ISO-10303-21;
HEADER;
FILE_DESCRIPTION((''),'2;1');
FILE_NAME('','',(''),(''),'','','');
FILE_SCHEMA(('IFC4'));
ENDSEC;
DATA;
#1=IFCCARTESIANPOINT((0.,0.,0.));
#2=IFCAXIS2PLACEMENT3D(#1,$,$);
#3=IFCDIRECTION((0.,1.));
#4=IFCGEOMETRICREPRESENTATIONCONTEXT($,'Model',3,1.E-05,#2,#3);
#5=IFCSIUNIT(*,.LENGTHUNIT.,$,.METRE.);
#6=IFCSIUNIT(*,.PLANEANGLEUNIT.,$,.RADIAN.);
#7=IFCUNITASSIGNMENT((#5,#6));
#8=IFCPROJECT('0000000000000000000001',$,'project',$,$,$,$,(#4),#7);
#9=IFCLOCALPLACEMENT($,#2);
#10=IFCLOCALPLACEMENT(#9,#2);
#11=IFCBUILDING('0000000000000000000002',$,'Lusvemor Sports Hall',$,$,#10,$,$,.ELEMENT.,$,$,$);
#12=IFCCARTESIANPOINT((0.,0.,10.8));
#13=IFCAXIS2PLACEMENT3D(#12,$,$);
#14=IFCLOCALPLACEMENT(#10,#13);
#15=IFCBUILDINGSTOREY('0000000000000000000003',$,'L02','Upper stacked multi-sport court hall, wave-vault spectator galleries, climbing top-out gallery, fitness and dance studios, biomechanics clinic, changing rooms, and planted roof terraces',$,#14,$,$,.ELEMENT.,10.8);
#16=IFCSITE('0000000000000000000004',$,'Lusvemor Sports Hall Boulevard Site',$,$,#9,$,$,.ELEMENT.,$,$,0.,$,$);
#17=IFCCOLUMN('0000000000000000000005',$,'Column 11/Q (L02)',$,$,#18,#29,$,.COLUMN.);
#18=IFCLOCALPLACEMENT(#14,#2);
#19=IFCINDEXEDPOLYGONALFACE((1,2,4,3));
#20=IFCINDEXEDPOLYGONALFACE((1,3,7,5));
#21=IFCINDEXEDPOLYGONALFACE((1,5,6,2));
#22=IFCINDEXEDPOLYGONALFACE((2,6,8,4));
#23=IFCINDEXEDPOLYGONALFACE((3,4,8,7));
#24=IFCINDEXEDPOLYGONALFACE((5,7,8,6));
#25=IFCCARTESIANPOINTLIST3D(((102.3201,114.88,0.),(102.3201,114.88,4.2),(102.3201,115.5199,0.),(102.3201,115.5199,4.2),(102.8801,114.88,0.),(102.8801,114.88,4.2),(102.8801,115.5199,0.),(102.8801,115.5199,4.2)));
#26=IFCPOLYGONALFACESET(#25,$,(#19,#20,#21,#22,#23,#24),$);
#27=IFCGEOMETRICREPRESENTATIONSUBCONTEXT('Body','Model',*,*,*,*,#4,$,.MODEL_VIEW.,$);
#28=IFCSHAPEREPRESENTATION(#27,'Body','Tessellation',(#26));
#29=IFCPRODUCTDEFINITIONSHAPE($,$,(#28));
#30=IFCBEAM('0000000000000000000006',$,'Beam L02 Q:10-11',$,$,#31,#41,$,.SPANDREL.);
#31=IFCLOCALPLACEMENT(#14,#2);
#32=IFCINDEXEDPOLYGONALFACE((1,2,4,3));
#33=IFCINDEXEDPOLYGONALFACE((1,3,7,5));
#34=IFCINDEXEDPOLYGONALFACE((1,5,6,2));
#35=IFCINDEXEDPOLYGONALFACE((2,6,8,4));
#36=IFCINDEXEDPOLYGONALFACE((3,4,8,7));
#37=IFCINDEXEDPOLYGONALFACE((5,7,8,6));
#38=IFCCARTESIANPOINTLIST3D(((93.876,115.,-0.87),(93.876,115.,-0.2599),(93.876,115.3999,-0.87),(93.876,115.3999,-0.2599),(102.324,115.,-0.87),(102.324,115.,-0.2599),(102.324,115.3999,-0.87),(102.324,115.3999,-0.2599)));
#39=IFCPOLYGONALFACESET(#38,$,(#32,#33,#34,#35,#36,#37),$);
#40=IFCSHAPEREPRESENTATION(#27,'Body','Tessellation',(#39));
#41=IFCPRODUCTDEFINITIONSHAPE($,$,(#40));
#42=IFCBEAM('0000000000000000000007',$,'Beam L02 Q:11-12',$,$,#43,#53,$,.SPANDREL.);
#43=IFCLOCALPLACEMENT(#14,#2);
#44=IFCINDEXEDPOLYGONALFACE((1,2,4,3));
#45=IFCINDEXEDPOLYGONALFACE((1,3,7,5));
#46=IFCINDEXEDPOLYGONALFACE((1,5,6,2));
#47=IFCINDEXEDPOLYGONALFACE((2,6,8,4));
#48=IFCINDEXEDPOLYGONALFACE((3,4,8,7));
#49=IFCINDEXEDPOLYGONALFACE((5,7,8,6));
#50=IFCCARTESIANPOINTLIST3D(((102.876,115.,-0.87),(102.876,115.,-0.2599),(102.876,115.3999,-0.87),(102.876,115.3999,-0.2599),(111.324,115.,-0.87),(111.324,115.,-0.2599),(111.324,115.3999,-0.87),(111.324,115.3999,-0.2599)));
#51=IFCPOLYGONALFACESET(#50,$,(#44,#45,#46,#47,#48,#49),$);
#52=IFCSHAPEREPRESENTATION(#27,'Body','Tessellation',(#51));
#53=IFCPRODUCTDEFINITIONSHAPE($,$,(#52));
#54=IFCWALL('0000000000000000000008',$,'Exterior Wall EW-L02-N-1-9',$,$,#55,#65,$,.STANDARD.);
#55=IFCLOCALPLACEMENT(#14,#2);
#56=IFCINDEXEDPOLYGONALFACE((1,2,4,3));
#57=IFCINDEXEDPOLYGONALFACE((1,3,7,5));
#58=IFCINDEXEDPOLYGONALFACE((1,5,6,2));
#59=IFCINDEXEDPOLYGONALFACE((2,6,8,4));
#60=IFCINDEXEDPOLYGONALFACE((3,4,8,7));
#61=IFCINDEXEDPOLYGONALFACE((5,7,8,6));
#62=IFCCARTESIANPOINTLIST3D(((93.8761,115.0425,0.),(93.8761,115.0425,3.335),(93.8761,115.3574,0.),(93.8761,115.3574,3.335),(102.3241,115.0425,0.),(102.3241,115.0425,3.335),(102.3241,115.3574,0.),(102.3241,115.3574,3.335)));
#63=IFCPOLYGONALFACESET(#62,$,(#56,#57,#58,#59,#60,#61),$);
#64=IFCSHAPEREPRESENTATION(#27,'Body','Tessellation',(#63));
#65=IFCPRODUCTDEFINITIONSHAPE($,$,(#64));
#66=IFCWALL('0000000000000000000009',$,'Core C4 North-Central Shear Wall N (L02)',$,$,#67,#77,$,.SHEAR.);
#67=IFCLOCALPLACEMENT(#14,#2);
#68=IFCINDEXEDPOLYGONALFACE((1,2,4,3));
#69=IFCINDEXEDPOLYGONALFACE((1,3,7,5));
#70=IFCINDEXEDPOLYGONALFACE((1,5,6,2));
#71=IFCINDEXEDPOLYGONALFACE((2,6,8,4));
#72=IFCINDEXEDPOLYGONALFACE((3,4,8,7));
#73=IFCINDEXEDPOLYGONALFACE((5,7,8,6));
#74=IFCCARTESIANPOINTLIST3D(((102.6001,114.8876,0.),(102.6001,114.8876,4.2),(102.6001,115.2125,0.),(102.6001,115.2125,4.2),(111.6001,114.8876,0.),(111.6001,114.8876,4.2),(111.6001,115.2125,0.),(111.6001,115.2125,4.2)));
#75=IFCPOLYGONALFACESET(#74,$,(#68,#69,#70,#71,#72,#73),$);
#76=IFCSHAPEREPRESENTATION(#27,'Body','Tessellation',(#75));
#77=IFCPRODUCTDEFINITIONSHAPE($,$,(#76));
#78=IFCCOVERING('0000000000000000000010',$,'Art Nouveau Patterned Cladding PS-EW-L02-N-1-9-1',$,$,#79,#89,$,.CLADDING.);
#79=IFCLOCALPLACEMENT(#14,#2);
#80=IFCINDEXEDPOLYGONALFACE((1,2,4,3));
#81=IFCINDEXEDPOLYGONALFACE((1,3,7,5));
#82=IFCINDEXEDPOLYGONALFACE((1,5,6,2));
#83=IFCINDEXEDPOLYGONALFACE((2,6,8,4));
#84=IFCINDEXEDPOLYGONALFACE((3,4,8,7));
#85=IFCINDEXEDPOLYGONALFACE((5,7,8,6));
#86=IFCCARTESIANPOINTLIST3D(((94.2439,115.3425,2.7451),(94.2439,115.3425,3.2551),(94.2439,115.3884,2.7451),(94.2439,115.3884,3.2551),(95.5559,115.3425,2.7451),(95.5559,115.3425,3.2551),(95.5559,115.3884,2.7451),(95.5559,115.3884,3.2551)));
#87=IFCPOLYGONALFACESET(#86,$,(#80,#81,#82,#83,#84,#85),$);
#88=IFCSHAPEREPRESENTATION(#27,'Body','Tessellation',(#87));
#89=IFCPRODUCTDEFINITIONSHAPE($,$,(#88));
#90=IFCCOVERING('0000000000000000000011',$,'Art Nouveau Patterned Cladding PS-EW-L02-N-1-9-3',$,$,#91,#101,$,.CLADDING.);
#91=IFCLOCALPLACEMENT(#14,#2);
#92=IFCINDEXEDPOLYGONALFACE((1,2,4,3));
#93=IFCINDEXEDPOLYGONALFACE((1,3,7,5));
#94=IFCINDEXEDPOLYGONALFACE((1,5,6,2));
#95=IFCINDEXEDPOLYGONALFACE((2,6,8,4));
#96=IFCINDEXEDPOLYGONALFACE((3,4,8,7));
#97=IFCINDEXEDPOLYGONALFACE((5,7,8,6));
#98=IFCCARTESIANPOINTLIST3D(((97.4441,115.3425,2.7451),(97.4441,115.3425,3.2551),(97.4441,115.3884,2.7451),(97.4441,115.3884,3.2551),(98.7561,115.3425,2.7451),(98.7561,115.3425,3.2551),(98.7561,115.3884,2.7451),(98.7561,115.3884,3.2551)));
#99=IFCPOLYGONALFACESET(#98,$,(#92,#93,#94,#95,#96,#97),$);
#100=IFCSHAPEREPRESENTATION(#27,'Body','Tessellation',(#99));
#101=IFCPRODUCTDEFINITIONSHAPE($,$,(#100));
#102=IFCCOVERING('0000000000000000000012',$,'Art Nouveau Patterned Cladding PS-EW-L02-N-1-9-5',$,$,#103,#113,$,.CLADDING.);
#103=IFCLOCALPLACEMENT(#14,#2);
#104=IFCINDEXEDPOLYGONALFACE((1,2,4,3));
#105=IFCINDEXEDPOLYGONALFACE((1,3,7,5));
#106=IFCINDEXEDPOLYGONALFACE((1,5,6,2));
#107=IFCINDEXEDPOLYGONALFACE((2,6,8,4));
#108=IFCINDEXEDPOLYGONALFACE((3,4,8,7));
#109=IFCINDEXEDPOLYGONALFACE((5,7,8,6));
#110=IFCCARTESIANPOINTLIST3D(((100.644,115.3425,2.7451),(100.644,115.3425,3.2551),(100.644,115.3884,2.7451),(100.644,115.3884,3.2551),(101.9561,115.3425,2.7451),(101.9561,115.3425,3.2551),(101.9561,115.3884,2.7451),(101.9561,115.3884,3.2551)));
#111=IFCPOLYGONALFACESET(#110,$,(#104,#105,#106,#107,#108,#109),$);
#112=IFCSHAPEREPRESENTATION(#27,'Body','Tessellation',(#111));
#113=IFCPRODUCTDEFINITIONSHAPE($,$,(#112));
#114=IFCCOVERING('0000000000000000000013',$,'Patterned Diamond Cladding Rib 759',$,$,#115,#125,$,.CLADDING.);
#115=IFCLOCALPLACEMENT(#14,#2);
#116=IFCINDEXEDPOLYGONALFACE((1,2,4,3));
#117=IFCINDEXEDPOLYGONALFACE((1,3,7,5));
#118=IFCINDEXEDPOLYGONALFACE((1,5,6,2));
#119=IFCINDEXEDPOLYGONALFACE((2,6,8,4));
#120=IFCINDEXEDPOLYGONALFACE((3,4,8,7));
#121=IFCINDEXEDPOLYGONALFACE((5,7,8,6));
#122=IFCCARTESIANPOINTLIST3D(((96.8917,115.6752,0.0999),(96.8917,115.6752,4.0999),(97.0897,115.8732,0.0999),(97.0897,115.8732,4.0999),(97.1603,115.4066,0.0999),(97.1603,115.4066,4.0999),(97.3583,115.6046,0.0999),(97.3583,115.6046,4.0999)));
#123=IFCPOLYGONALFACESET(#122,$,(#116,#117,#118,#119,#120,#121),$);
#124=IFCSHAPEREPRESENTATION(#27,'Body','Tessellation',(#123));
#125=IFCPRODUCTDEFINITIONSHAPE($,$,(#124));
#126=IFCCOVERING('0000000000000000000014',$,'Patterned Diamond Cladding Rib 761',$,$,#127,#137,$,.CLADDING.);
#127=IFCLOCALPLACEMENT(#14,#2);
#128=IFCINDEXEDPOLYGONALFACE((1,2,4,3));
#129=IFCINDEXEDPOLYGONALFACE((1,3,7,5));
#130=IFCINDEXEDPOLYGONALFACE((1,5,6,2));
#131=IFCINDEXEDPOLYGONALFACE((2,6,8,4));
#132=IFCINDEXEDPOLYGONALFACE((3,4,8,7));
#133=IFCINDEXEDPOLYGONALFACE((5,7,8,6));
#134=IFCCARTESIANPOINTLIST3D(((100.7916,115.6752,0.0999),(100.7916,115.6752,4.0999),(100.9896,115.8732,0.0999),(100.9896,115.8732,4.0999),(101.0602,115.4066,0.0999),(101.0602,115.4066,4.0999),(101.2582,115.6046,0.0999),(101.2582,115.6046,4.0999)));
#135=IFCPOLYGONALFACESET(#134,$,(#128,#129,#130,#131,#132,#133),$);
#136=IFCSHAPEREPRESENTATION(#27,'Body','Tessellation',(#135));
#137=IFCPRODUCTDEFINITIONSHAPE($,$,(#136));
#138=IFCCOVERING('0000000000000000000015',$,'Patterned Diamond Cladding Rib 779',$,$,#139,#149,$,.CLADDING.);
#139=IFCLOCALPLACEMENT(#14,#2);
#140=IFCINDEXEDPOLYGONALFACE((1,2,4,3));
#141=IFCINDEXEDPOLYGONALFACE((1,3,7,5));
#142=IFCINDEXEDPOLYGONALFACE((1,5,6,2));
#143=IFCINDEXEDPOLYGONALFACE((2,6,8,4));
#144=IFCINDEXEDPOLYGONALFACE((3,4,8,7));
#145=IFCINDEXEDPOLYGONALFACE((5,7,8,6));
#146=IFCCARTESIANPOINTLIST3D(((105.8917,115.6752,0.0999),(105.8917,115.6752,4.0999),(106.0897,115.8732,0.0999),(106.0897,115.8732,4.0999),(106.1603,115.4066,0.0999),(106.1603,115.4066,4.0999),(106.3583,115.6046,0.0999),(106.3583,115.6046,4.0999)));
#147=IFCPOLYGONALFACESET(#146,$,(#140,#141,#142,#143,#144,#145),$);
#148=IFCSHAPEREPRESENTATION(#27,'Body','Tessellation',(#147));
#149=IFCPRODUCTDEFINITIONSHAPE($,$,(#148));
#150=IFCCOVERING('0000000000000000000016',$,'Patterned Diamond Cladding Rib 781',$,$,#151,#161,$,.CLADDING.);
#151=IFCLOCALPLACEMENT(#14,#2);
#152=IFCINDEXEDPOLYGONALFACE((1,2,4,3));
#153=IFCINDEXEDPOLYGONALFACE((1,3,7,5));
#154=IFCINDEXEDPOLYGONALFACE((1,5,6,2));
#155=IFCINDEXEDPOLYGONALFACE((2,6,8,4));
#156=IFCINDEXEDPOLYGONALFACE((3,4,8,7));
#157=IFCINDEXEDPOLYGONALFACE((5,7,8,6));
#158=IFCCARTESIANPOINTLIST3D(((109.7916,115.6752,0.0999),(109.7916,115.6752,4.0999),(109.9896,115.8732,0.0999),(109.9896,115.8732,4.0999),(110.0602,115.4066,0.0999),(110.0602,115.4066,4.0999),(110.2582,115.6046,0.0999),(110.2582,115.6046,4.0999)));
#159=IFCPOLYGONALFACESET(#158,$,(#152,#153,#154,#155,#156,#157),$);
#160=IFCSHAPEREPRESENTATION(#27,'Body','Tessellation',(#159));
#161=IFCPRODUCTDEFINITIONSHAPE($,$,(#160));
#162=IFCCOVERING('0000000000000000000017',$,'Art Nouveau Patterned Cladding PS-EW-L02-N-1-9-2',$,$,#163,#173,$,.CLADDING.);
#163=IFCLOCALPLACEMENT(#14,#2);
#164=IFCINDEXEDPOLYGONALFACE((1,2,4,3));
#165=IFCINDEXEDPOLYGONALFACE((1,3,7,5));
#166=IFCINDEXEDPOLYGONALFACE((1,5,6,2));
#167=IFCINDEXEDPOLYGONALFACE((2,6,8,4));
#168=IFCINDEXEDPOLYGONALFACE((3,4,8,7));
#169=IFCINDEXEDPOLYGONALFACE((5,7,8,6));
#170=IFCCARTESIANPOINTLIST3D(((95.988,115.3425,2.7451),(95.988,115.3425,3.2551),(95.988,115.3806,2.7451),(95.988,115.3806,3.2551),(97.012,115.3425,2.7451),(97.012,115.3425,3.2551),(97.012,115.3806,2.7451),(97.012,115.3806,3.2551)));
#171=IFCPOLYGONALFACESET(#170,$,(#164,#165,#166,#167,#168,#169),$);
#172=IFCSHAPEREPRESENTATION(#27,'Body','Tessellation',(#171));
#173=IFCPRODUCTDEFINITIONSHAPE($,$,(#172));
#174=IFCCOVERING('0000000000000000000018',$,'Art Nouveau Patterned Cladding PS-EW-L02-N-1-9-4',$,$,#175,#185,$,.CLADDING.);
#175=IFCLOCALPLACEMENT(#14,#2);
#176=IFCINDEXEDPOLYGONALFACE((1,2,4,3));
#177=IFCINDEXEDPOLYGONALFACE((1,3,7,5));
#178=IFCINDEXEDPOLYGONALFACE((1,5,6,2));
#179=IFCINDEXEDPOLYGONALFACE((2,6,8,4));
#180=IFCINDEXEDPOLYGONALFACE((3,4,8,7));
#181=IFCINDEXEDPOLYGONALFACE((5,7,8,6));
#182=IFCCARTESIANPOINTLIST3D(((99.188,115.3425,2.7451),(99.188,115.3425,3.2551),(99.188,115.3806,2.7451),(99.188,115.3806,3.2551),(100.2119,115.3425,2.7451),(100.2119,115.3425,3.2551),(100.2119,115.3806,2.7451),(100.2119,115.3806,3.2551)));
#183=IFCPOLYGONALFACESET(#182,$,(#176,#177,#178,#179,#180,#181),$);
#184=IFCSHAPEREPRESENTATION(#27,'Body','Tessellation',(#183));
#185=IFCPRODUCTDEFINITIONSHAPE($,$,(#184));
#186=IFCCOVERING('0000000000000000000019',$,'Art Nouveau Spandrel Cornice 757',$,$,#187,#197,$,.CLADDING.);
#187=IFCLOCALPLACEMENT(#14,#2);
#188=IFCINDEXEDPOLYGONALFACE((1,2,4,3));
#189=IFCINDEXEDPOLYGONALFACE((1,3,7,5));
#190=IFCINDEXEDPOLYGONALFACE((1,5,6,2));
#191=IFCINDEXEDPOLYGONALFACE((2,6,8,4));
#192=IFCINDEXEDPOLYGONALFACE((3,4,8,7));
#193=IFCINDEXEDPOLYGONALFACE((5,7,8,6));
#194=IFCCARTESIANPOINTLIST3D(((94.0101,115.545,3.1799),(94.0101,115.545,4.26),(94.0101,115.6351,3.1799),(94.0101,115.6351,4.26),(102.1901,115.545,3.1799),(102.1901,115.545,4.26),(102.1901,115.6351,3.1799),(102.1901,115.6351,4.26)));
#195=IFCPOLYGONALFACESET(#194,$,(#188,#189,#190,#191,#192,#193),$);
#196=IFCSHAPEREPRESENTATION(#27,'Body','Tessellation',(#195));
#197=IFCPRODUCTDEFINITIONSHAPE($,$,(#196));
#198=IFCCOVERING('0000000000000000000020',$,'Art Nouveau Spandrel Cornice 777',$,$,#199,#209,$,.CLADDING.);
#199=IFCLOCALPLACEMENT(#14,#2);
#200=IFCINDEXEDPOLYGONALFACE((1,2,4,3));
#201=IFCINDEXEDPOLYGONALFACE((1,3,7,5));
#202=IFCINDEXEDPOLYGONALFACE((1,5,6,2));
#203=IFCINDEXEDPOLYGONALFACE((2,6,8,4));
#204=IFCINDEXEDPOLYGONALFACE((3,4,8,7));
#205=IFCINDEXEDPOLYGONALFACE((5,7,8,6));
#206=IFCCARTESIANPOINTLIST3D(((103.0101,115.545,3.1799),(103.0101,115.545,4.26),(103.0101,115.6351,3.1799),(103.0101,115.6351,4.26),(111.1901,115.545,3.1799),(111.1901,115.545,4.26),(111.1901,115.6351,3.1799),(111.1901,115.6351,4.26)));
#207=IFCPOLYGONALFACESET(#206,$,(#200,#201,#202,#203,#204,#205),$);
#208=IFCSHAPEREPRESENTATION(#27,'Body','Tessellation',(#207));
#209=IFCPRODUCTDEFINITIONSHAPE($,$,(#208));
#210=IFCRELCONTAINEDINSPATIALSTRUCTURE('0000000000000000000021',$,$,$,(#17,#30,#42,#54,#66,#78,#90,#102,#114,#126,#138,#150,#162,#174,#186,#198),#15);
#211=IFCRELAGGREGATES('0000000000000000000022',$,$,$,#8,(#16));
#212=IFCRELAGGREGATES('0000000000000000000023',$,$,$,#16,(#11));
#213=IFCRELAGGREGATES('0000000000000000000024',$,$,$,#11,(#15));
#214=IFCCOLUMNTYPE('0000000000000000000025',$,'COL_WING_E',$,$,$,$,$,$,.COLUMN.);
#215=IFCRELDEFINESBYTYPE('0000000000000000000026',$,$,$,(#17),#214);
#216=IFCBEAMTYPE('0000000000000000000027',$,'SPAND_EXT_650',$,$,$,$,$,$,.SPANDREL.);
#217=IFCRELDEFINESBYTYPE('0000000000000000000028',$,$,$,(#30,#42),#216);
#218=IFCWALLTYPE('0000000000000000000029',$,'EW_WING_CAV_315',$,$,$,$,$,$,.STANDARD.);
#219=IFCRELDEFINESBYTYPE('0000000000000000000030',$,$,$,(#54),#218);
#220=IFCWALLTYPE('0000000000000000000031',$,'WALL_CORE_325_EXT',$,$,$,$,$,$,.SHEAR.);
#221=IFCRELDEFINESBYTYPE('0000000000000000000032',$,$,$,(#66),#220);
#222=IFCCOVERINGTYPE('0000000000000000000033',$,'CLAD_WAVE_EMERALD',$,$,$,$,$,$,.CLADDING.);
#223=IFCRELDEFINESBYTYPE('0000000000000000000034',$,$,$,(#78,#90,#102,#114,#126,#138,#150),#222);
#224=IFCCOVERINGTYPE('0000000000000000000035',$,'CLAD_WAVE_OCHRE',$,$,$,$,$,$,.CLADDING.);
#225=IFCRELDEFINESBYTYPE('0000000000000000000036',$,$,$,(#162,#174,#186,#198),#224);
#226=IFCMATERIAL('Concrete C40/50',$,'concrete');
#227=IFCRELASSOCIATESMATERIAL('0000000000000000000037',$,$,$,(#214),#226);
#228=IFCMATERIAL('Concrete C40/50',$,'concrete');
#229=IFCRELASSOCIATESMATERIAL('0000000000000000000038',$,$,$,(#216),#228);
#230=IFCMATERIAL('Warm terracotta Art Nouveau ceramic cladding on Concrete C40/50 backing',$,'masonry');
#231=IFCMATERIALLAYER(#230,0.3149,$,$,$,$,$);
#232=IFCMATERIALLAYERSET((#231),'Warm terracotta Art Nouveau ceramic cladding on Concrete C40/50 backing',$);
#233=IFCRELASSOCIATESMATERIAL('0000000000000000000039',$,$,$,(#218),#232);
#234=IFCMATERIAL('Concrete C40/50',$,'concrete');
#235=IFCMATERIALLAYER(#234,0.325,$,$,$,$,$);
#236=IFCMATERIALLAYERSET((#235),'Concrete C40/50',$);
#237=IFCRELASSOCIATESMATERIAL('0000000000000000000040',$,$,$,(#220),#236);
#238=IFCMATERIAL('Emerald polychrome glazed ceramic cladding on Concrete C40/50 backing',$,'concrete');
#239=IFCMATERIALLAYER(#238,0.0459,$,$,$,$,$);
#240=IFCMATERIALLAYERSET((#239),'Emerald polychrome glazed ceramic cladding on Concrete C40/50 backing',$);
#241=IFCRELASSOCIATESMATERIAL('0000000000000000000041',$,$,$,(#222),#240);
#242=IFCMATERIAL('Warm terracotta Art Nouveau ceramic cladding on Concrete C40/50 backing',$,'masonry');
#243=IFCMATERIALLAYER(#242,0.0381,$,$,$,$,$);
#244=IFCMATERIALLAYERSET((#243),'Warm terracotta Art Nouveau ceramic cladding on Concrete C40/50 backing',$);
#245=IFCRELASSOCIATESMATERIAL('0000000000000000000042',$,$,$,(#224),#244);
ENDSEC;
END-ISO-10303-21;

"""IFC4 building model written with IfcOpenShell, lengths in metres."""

from ifc_helpers import new_model, si_unit, direction, frame, frame_2d, origin, origin_2d, place, context, subcontext, project, spatial, rectangle, extrude, material, layer, layer_set, material_profile, profile_set, type_object, element, save


model = new_model("IFC4")

# Units and contexts
model_context = context("Model", 3, precision=1e-05, world=origin(), true_north=direction((0.0, 1.0)))
body_context = subcontext(model_context, "Body", "Model", "MODEL_VIEW")
ifc_project = project(units=[si_unit("LENGTHUNIT", "METRE"), si_unit("PLANEANGLEUNIT", "RADIAN")], contexts=[model_context])

# Site, building, storey
site_placement = place(None, origin())
site = spatial("IfcSite", under=ifc_project, at=site_placement, Name="Lusvemor Sports Hall Boulevard Site", CompositionType="ELEMENT", RefElevation=0.0)
building_placement = place(site_placement, origin())
building = spatial("IfcBuilding", under=site, at=building_placement, Name="Lusvemor Sports Hall", CompositionType="ELEMENT")
storey_placement = place(building_placement, frame((0.0, 0.0, 10.8)))
storey = spatial("IfcBuildingStorey", under=building, at=storey_placement, Name="L02", Description="Upper stacked multi-sport court hall, wave-vault spectator galleries, climbing top-out gallery, fitness and dance studios, biomechanics clinic, changing rooms, and planted roof terraces", CompositionType="ELEMENT", Elevation=10.8)

# Column
ifc_material_1 = material(Name="Concrete C40/50", Category="concrete")
ifc_material_profile_1 = material_profile(ifc_material_1, rectangle(XDim=0.5601, YDim=0.6399, at=origin_2d()), Name="RC560x640")
ifc_profile_set_1 = profile_set([ifc_material_profile_1], Name="Concrete C40/50")
column_type = type_object("IfcColumnType", Name="COL_WING_E", PredefinedType="COLUMN", material=ifc_profile_set_1)
column_placement = place(storey_placement, frame((102.6001, 115.2, 0.0), z_axis=(0.0, 0.0, 1.0), x_axis=(1.0, 0.0, 0.0)))
element("IfcColumn", 1, at=column_placement, inside=storey, type_object=column_type, Name="Column 11/Q (L02)", PredefinedType="COLUMN", context=body_context, shape_type="SweptSolid", body=[
    extrude(rectangle(XDim=0.5601, YDim=0.6399, at=origin_2d()), origin(), (0.0, 0.0, 1.0), 4.2),
])

# Beams
ifc_material_2 = material(Name="Concrete C40/50", Category="concrete")
ifc_material_profile_2 = material_profile(ifc_material_2, rectangle(XDim=0.3999, YDim=0.6101, at=origin_2d()), Name="RC400x610")
ifc_profile_set_2 = profile_set([ifc_material_profile_2], Name="Concrete C40/50")
beam_type = type_object("IfcBeamType", Name="SPAND_EXT_650", PredefinedType="SPANDREL", material=ifc_profile_set_2)
for number, where, z_axis, x_axis, name in (
    (2, (93.876, 115.2, -0.5649), (1.0, 0.0, 0.0), (0.0, 1.0, 0.0), "Beam L02 Q:10-11"),
    (3, (102.876, 115.2, -0.5649), (1.0, 0.0, 0.0), (0.0, 1.0, 0.0), "Beam L02 Q:11-12"),
):
    element("IfcBeam", number, at=place(storey_placement, frame(where, z_axis=z_axis, x_axis=x_axis)), inside=storey, type_object=beam_type, Name=name, PredefinedType="SPANDREL", context=body_context, shape_type="SweptSolid", body=[
        extrude(rectangle(XDim=0.3999, YDim=0.6101, at=origin_2d()), origin(), (0.0, 0.0, 1.0), 8.448),
    ])

# Walls
ifc_material_3 = material(Name="Warm terracotta Art Nouveau ceramic cladding on Concrete C40/50 backing", Category="masonry")
ifc_layer_1 = layer(ifc_material_3, 0.3149)
ifc_layer_set_1 = layer_set([ifc_layer_1], Name="Warm terracotta Art Nouveau ceramic cladding on Concrete C40/50 backing")
wall_type_1 = type_object("IfcWallType", Name="EW_WING_CAV_315", PredefinedType="STANDARD", material=ifc_layer_set_1)
wall_1_placement = place(storey_placement, frame((93.876, 115.2, 0.0), z_axis=(0.0, 0.0, 1.0), x_axis=(1.0, 0.0, 0.0)))
element("IfcWall", 4, at=wall_1_placement, inside=storey, type_object=wall_type_1, Name="Exterior Wall EW-L02-N-1-9", PredefinedType="STANDARD", context=body_context, shape_type="SweptSolid", body=[
    extrude(rectangle(XDim=8.448, YDim=0.3149, at=frame_2d((4.2241, 0.0))), origin(), (0.0, 0.0, 1.0), 3.335),
])
ifc_material_4 = material(Name="Concrete C40/50", Category="concrete")
ifc_layer_2 = layer(ifc_material_4, 0.325)
ifc_layer_set_2 = layer_set([ifc_layer_2], Name="Concrete C40/50")
wall_type_2 = type_object("IfcWallType", Name="WALL_CORE_325_EXT", PredefinedType="SHEAR", material=ifc_layer_set_2)
wall_2_placement = place(storey_placement, frame((102.6001, 115.05, 0.0), z_axis=(0.0, 0.0, 1.0), x_axis=(1.0, 0.0, 0.0)))
element("IfcWall", 5, at=wall_2_placement, inside=storey, type_object=wall_type_2, Name="Core C4 North-Central Shear Wall N (L02)", PredefinedType="SHEAR", context=body_context, shape_type="SweptSolid", body=[
    extrude(rectangle(XDim=9.0, YDim=0.325, at=frame_2d((4.5, 0.0))), origin(), (0.0, 0.0, 1.0), 4.2),
])

# Coverings
ifc_material_5 = material(Name="Emerald polychrome glazed ceramic cladding on Concrete C40/50 backing", Category="concrete")
ifc_layer_3 = layer(ifc_material_5, 0.0459)
ifc_layer_set_3 = layer_set([ifc_layer_3], Name="Emerald polychrome glazed ceramic cladding on Concrete C40/50 backing")
covering_type_1 = type_object("IfcCoveringType", Name="CLAD_WAVE_EMERALD", PredefinedType="CLADDING", material=ifc_layer_set_3)
for number, where, z_axis, x_axis, name in (
    (6, (94.8999, 115.3655, 2.7451), (0.0, 0.0, 1.0), (1.0, 0.0, 0.0), "Art Nouveau Patterned Cladding PS-EW-L02-N-1-9-1"),
    (7, (98.1001, 115.3655, 2.7451), (0.0, 0.0, 1.0), (1.0, 0.0, 0.0), "Art Nouveau Patterned Cladding PS-EW-L02-N-1-9-3"),
    (8, (101.3, 115.3655, 2.7451), (0.0, 0.0, 1.0), (1.0, 0.0, 0.0), "Art Nouveau Patterned Cladding PS-EW-L02-N-1-9-5"),
):
    element("IfcCovering", number, at=place(storey_placement, frame(where, z_axis=z_axis, x_axis=x_axis)), inside=storey, type_object=covering_type_1, Name=name, PredefinedType="CLADDING", context=body_context, shape_type="SweptSolid", body=[
        extrude(rectangle(XDim=1.312, YDim=0.0459, at=origin_2d()), origin(), (0.0, 0.0, 1.0), 0.51),
    ])
for number, where, z_axis, x_axis, name in (
    (9, (97.125, 115.6399, 0.0999), (0.0, 0.0, 1.0), (0.707107, 0.707107, 0.0), "Patterned Diamond Cladding Rib 759"),
    (10, (101.0249, 115.6399, 0.0999), (0.0, 0.0, 1.0), (0.707107, 0.707107, 0.0), "Patterned Diamond Cladding Rib 761"),
    (11, (106.125, 115.6399, 0.0999), (0.0, 0.0, 1.0), (0.707107, 0.707107, 0.0), "Patterned Diamond Cladding Rib 779"),
    (12, (110.0249, 115.6399, 0.0999), (0.0, 0.0, 1.0), (0.707107, 0.707107, 0.0), "Patterned Diamond Cladding Rib 781"),
):
    element("IfcCovering", number, at=place(storey_placement, frame(where, z_axis=z_axis, x_axis=x_axis)), inside=storey, type_object=covering_type_1, Name=name, PredefinedType="CLADDING", context=body_context, shape_type="SweptSolid", body=[
        extrude(rectangle(XDim=0.28, YDim=0.3799, at=origin_2d()), origin(), (0.0, 0.0, 1.0), 4.0),
    ])
ifc_material_6 = material(Name="Warm terracotta Art Nouveau ceramic cladding on Concrete C40/50 backing", Category="masonry")
ifc_layer_4 = layer(ifc_material_6, 0.0381)
ifc_layer_set_4 = layer_set([ifc_layer_4], Name="Warm terracotta Art Nouveau ceramic cladding on Concrete C40/50 backing")
covering_type_2 = type_object("IfcCoveringType", Name="CLAD_WAVE_OCHRE", PredefinedType="CLADDING", material=ifc_layer_set_4)
for number, where, z_axis, x_axis, name in (
    (13, (96.5, 115.3616, 2.7451), (0.0, 0.0, 1.0), (1.0, 0.0, 0.0), "Art Nouveau Patterned Cladding PS-EW-L02-N-1-9-2"),
    (14, (99.7, 115.3616, 2.7451), (0.0, 0.0, 1.0), (1.0, 0.0, 0.0), "Art Nouveau Patterned Cladding PS-EW-L02-N-1-9-4"),
):
    element("IfcCovering", number, at=place(storey_placement, frame(where, z_axis=z_axis, x_axis=x_axis)), inside=storey, type_object=covering_type_2, Name=name, PredefinedType="CLADDING", context=body_context, shape_type="SweptSolid", body=[
        extrude(rectangle(XDim=1.0239, YDim=0.0381, at=origin_2d()), origin(), (0.0, 0.0, 1.0), 0.51),
    ])
for number, where, z_axis, x_axis, name in (
    (15, (98.1001, 115.5901, 3.1799), (0.0, 0.0, 1.0), (1.0, 0.0, 0.0), "Art Nouveau Spandrel Cornice 757"),
    (16, (107.1001, 115.5901, 3.1799), (0.0, 0.0, 1.0), (1.0, 0.0, 0.0), "Art Nouveau Spandrel Cornice 777"),
):
    element("IfcCovering", number, at=place(storey_placement, frame(where, z_axis=z_axis, x_axis=x_axis)), inside=storey, type_object=covering_type_2, Name=name, PredefinedType="CLADDING", context=body_context, shape_type="SweptSolid", body=[
        extrude(rectangle(XDim=8.1799, YDim=0.0901, at=origin_2d()), origin(), (0.0, 0.0, 1.0), 1.0801),
    ])

save(model, "model.ifc")
